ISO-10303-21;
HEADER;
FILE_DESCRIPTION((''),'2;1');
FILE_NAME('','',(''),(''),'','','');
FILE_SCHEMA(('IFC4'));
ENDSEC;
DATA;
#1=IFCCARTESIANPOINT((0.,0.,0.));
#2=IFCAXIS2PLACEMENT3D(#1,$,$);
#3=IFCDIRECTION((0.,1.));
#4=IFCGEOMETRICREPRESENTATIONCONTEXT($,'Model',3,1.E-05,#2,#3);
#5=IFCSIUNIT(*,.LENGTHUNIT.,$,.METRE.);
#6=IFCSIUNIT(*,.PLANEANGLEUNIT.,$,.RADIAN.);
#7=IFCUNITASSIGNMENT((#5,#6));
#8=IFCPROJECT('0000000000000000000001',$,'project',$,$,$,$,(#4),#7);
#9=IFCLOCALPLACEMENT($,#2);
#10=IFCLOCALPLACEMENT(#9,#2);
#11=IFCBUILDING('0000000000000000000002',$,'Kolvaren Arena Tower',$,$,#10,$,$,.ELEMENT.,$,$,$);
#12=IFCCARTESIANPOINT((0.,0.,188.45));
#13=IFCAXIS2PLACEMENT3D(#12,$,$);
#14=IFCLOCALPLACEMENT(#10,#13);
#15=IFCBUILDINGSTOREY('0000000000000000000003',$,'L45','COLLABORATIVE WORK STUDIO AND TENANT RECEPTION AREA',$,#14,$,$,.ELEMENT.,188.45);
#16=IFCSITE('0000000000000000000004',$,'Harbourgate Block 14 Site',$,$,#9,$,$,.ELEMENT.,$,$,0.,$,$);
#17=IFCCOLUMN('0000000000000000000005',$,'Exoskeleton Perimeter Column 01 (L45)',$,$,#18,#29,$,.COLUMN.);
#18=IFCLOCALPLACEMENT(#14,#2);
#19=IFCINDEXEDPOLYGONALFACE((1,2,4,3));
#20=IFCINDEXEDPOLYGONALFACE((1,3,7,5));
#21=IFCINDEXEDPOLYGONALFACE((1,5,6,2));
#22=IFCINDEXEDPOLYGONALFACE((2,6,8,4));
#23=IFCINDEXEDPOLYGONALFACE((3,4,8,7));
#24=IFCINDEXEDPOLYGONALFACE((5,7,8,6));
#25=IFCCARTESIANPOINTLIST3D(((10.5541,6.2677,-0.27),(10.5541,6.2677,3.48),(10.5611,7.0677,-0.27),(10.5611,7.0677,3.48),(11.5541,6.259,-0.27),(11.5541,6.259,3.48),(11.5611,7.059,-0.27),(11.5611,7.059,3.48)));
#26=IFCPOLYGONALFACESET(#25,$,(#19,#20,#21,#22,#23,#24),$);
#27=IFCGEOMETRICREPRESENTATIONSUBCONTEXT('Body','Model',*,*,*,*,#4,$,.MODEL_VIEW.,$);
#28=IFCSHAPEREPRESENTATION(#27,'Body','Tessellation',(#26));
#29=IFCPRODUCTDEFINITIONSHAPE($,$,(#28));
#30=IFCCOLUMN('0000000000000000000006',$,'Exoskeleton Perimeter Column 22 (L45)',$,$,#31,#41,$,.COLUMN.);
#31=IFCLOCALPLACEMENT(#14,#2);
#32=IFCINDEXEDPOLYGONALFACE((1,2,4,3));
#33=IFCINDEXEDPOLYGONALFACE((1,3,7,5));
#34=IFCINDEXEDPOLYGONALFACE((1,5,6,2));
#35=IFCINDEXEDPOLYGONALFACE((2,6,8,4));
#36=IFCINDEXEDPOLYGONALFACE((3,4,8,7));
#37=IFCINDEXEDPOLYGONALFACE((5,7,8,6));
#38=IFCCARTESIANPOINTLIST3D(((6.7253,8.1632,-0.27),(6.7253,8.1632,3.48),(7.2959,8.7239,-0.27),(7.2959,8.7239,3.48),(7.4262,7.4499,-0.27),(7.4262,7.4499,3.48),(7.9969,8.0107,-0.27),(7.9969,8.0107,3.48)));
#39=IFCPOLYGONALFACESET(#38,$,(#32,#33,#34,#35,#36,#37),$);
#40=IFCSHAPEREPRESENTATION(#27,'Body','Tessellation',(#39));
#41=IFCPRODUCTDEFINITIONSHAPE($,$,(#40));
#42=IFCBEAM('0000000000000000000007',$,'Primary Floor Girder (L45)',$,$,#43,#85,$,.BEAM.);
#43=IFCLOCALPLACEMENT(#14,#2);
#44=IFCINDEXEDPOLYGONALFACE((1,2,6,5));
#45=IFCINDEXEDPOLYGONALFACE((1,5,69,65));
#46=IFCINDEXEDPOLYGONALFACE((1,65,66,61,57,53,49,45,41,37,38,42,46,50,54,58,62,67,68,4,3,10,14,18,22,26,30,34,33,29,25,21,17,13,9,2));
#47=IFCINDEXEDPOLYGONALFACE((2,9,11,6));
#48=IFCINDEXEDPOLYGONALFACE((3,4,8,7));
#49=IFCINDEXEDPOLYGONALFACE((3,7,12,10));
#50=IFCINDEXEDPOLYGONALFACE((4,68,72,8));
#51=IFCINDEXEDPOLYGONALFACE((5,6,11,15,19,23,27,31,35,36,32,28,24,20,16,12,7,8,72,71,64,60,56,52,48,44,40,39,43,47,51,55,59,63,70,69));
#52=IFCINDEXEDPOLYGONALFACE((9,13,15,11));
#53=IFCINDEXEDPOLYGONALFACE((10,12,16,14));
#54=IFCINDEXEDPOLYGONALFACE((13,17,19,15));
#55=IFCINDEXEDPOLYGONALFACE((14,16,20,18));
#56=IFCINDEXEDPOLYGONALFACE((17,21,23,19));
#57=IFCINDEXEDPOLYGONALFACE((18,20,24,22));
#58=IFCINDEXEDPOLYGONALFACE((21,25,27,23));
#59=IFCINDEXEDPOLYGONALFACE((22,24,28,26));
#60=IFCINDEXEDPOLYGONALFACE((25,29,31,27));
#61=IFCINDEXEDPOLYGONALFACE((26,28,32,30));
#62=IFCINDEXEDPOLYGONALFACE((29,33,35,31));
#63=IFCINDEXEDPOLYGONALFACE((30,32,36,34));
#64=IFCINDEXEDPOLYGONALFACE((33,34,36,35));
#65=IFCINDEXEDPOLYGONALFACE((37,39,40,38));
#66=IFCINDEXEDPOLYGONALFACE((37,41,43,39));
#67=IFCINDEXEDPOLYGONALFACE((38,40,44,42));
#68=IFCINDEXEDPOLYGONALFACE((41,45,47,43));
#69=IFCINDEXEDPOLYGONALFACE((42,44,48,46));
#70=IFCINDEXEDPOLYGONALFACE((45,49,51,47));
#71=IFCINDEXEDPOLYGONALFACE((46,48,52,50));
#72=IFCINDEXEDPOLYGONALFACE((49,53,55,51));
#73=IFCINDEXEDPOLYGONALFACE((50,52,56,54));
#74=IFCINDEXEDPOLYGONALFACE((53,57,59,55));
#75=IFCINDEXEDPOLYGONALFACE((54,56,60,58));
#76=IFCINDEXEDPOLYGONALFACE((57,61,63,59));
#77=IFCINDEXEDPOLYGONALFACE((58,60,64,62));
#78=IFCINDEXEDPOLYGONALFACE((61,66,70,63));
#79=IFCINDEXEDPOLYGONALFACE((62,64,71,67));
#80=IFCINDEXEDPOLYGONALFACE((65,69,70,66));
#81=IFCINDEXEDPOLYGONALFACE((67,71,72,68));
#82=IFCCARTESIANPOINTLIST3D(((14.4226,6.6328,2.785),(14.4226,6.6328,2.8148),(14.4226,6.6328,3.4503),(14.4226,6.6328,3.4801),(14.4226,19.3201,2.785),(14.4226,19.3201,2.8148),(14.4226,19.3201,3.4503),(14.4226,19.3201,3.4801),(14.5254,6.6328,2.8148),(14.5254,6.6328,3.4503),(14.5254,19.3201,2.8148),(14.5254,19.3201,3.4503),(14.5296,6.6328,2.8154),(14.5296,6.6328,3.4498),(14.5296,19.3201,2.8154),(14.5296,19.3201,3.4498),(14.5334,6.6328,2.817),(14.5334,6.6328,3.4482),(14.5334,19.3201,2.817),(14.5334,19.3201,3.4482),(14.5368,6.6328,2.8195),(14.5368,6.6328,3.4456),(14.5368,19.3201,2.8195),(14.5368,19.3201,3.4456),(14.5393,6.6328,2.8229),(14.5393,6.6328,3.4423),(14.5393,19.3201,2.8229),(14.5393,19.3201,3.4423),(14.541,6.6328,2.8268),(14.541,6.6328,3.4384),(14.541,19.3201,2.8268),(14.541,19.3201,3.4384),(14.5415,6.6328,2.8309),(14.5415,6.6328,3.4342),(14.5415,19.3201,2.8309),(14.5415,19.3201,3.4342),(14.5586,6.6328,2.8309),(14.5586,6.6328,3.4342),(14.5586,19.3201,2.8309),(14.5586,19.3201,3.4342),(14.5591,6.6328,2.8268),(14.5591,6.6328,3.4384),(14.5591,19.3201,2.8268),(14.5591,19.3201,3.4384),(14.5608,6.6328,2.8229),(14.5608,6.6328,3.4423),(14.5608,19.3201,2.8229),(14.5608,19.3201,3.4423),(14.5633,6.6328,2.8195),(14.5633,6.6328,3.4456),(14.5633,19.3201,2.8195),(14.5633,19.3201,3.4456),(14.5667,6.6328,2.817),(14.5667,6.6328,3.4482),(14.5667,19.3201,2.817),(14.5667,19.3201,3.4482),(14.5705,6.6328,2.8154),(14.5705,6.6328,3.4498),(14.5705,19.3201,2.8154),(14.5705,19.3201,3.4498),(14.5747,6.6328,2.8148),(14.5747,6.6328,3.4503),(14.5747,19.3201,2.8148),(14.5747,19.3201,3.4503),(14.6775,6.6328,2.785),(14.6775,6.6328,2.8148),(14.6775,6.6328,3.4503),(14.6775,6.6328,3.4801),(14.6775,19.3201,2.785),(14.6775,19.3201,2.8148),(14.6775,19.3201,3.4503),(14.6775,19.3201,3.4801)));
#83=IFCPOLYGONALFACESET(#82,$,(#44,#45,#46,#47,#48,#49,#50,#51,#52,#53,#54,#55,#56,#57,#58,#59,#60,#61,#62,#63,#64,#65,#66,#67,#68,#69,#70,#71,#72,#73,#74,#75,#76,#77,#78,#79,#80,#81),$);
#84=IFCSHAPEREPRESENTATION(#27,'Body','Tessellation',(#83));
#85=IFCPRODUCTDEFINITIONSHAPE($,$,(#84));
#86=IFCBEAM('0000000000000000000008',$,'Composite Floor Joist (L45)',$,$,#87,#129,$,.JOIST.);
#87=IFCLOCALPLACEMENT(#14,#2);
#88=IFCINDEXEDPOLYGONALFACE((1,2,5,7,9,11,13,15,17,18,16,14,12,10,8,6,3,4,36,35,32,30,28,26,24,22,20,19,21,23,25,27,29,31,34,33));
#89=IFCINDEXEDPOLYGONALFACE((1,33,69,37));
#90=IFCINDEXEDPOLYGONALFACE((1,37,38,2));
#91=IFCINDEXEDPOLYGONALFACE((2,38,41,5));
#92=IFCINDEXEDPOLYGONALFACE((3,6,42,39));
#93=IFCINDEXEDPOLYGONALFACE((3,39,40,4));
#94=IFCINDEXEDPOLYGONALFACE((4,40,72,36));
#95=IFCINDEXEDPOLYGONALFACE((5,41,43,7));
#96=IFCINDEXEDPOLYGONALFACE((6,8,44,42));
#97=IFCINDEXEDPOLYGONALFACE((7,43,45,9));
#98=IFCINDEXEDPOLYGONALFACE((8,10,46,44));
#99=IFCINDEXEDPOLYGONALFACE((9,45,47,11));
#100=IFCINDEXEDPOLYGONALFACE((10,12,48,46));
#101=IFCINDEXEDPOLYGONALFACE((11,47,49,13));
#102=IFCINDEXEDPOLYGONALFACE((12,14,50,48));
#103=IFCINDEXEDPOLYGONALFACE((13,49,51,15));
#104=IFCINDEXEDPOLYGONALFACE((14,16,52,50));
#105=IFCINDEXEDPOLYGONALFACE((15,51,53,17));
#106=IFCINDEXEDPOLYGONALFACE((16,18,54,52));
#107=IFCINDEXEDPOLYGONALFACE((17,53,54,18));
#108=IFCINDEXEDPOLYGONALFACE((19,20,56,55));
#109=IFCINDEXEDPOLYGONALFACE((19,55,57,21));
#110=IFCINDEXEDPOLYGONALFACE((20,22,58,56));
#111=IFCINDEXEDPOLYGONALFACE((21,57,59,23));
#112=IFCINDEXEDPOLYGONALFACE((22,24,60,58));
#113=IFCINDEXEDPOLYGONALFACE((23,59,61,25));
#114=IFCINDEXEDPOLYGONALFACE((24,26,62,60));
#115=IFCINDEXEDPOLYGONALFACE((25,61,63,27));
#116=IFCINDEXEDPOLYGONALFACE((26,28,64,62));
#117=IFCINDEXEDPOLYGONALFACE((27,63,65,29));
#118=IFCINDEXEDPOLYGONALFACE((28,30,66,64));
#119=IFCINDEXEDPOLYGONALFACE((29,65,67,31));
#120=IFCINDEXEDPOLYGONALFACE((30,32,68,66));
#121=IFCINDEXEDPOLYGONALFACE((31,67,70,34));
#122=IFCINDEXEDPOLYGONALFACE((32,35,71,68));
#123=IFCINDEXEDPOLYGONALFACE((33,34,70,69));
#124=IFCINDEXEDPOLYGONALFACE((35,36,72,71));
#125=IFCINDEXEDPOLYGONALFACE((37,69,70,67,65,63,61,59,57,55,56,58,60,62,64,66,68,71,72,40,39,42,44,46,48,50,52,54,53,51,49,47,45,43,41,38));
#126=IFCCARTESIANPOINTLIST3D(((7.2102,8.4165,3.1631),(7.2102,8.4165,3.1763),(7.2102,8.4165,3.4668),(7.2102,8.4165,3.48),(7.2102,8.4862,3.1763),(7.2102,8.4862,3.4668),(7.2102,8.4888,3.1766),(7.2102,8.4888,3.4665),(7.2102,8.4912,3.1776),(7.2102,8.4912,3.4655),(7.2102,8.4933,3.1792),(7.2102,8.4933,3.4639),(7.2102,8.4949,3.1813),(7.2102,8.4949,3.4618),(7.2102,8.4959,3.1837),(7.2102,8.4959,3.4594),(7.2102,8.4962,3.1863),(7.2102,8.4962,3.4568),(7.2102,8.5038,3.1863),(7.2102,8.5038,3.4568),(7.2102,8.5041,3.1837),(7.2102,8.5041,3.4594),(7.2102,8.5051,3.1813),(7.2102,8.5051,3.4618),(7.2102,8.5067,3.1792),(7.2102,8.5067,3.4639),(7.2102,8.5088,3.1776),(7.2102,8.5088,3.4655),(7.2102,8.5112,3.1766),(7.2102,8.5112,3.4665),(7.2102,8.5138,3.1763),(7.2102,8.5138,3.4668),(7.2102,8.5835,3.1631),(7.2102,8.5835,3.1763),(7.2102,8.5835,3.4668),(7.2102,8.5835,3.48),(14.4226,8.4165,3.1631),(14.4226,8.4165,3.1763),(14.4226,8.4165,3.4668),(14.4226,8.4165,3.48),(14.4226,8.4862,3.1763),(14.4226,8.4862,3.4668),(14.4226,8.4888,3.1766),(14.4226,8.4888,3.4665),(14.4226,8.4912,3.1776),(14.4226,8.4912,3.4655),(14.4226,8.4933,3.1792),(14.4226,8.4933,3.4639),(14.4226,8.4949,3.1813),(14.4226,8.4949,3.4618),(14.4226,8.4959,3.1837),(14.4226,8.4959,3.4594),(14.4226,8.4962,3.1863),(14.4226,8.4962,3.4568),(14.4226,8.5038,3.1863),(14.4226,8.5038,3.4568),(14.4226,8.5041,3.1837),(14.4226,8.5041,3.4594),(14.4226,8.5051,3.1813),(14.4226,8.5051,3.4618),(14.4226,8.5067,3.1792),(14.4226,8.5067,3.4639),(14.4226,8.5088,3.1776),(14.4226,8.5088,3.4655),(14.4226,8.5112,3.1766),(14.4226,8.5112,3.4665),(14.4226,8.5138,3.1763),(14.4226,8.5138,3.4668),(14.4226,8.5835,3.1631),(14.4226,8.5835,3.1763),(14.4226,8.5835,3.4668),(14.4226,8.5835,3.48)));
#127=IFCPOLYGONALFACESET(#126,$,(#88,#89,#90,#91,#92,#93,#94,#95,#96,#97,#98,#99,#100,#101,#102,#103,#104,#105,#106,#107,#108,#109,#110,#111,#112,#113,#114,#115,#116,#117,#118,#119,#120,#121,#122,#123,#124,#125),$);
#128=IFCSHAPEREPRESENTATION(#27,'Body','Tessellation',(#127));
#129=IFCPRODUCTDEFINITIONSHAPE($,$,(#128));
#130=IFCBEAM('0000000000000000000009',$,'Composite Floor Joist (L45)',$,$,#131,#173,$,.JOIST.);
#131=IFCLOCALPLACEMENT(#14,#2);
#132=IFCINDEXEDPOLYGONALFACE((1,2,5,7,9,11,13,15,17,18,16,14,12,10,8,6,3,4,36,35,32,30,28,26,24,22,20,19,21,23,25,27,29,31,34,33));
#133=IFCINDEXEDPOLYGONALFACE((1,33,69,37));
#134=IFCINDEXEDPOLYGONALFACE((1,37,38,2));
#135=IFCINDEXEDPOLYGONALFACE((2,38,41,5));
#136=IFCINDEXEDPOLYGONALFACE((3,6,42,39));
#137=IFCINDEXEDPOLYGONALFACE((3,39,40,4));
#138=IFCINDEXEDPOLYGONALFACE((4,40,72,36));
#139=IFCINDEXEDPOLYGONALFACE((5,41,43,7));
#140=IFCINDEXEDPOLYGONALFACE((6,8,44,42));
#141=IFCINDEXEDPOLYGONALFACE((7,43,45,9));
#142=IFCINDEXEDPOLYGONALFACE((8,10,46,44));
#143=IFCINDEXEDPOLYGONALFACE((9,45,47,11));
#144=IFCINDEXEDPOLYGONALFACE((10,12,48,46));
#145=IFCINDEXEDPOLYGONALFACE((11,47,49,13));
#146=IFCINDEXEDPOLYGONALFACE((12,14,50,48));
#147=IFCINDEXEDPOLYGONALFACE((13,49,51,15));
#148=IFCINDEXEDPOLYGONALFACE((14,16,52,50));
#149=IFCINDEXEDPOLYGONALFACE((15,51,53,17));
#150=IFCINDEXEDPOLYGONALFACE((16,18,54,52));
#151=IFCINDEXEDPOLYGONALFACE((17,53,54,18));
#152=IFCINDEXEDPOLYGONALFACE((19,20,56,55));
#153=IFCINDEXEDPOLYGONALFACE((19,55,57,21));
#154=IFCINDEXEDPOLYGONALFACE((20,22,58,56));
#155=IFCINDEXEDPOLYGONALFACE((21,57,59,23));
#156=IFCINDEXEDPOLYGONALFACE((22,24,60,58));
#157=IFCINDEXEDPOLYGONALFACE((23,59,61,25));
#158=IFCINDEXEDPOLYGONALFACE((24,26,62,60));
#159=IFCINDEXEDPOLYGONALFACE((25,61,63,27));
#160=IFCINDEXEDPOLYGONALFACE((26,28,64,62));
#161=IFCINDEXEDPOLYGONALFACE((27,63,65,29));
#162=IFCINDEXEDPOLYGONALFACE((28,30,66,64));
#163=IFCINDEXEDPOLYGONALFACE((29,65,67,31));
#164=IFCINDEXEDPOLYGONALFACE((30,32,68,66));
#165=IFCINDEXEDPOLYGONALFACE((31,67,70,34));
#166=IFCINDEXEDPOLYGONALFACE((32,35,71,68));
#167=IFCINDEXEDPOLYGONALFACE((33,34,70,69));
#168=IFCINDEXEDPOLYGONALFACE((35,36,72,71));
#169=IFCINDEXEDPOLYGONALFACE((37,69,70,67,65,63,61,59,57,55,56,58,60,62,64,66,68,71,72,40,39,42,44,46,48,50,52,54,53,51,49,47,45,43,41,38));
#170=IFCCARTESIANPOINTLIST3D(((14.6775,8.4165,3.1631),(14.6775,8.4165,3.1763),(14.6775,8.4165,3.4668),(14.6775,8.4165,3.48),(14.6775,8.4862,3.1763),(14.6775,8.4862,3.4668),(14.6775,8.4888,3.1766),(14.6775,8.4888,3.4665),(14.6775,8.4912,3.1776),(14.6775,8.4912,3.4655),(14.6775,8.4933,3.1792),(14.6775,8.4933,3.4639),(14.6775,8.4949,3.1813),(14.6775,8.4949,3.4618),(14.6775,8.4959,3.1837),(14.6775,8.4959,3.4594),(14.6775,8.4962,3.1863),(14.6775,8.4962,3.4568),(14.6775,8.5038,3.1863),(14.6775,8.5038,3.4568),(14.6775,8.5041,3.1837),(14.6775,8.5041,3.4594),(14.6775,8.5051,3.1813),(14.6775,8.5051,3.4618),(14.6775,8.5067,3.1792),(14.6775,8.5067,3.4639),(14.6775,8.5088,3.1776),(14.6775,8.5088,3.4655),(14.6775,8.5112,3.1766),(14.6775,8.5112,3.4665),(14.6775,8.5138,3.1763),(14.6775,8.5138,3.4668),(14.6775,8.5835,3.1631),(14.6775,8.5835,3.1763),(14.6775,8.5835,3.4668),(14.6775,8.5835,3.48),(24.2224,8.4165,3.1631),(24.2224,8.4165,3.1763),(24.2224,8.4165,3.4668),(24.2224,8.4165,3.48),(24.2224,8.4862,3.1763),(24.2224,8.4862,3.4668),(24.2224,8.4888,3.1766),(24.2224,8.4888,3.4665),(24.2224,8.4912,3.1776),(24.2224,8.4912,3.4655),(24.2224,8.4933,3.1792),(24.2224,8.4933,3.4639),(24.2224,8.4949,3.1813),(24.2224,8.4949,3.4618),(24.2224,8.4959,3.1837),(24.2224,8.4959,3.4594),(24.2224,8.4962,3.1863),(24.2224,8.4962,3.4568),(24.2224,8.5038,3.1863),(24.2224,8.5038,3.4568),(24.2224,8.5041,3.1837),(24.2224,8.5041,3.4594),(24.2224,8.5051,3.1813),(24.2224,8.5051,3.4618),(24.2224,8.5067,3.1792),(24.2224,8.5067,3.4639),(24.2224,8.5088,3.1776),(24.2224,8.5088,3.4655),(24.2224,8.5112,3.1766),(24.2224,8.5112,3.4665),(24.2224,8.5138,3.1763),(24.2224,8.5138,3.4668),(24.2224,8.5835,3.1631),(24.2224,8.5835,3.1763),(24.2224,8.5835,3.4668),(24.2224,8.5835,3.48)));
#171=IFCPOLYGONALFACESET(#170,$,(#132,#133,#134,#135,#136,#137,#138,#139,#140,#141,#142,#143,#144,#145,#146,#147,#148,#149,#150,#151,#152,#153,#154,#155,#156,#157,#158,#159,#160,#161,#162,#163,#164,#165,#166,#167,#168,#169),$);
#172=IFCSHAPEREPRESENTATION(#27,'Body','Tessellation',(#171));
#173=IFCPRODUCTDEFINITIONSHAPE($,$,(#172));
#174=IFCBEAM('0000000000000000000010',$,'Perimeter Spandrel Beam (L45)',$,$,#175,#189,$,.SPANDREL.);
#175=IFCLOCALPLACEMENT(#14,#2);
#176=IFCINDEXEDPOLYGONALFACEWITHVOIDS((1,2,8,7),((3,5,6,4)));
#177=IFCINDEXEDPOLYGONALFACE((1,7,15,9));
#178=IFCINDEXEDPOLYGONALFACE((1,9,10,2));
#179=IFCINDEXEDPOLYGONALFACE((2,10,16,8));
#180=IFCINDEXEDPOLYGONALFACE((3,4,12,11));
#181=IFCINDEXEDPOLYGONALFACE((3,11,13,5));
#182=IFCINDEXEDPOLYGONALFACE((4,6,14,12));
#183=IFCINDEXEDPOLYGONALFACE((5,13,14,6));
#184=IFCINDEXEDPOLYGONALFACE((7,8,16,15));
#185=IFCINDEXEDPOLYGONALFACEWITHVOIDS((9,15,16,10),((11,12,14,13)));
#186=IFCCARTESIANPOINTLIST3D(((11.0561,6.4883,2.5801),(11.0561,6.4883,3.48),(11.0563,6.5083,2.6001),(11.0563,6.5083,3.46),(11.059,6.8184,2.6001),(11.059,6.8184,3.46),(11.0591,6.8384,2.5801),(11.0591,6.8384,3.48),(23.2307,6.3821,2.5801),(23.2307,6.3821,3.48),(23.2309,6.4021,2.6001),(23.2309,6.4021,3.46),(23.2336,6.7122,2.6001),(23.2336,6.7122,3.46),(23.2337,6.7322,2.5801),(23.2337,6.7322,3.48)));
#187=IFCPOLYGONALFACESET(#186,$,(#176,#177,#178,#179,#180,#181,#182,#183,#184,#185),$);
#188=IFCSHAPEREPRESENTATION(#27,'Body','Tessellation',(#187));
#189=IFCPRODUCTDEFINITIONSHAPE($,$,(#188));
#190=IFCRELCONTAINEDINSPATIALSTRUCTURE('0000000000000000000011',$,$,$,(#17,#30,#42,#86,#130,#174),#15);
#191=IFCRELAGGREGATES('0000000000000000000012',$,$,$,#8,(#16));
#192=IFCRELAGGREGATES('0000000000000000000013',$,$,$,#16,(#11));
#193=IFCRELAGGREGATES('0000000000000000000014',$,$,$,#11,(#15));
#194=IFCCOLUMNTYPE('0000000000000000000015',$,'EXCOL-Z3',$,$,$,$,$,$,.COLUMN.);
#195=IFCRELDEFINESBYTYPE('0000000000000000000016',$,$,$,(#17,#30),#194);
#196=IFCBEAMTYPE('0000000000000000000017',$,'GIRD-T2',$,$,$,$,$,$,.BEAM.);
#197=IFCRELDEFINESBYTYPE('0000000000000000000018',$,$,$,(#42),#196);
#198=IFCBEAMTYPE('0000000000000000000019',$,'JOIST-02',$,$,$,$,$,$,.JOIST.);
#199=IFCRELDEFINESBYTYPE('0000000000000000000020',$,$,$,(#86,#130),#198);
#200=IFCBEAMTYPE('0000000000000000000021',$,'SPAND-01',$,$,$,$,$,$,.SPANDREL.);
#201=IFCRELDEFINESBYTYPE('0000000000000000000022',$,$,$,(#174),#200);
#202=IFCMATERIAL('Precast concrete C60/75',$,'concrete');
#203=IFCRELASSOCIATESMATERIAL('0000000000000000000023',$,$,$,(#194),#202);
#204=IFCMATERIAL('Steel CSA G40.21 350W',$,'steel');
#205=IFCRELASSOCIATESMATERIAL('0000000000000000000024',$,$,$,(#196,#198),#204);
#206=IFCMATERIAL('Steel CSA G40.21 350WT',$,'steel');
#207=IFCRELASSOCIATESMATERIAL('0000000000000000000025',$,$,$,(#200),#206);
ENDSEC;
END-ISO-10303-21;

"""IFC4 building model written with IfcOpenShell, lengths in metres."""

from ifc_helpers import new_model, si_unit, direction, frame, origin, origin_2d, place, context, subcontext, project, spatial, rectangle, hollow_rectangle, i_section, extrude, material, material_profile, profile_set, type_object, element, save


model = new_model("IFC4")

# Units and contexts
model_context = context("Model", 3, precision=1e-05, world=origin(), true_north=direction((0.0, 1.0)))
body_context = subcontext(model_context, "Body", "Model", "MODEL_VIEW")
ifc_project = project(units=[si_unit("LENGTHUNIT", "METRE"), si_unit("PLANEANGLEUNIT", "RADIAN")], contexts=[model_context])

# Site, building, storey
site_placement = place(None, origin())
site = spatial("IfcSite", under=ifc_project, at=site_placement, Name="Harbourgate Block 14 Site", CompositionType="ELEMENT", RefElevation=0.0)
building_placement = place(site_placement, origin())
building = spatial("IfcBuilding", under=site, at=building_placement, Name="Kolvaren Arena Tower", CompositionType="ELEMENT")
storey_placement = place(building_placement, frame((0.0, 0.0, 188.45)))
storey = spatial("IfcBuildingStorey", under=building, at=storey_placement, Name="L45", Description="COLLABORATIVE WORK STUDIO AND TENANT RECEPTION AREA", CompositionType="ELEMENT", Elevation=188.45)

# Columns
ifc_material_1 = material(Name="Precast concrete C60/75", Category="concrete")
ifc_material_profile_1 = material_profile(ifc_material_1, rectangle(XDim=1.0, YDim=0.8, at=origin_2d()), Name="RC-1000x800")
ifc_profile_set_1 = profile_set([ifc_material_profile_1], Name="Precast concrete C60/75")
column_type = type_object("IfcColumnType", Name="EXCOL-Z3", PredefinedType="COLUMN", material=ifc_profile_set_1)
for number, where, z_axis, x_axis, name in (
    (1, (11.0576, 6.6633, -0.27), (0.0, 0.0, 1.0), (0.999962, -0.008727, 0.0), "Exoskeleton Perimeter Column 01 (L45)"),
    (2, (7.3611, 8.0869, -0.27), (0.0, 0.0, 1.0), (-0.700909, 0.71325, 0.0), "Exoskeleton Perimeter Column 22 (L45)"),
):
    element("IfcColumn", number, at=place(storey_placement, frame(where, z_axis=z_axis, x_axis=x_axis)), inside=storey, type_object=column_type, Name=name, PredefinedType="COLUMN", context=body_context, shape_type="SweptSolid", body=[
        extrude(rectangle(XDim=1.0, YDim=0.8, at=origin_2d()), origin(), (0.0, 0.0, 1.0), 3.75),
    ])

# Beams
ifc_material_2 = material(Name="Steel CSA G40.21 350W", Category="steel")
ifc_material_profile_2 = material_profile(ifc_material_2, i_section(OverallWidth=0.2549, OverallDepth=0.6951, WebThickness=0.0171, FlangeThickness=0.0298, FilletRadius=0.0161, at=origin_2d()), Name="W690x217")
ifc_profile_set_2 = profile_set([ifc_material_profile_2], Name="Steel CSA G40.21 350W")
beam_type_1 = type_object("IfcBeamType", Name="GIRD-T2", PredefinedType="BEAM", material=ifc_profile_set_2)
beam_1_placement = place(storey_placement, frame((14.55, 6.6328, 3.1326), z_axis=(0.0, 1.0, 0.0), x_axis=(-1.0, 0.0, 0.0)))
element("IfcBeam", 3, at=beam_1_placement, inside=storey, type_object=beam_type_1, Name="Primary Floor Girder (L45)", PredefinedType="BEAM", context=body_context, shape_type="SweptSolid", body=[
    extrude(i_section(OverallWidth=0.2549, OverallDepth=0.6951, WebThickness=0.0171, FlangeThickness=0.0298, FilletRadius=0.0161, at=origin_2d()), origin(), (0.0, 0.0, 1.0), 12.6873),
])
ifc_material_profile_3 = material_profile(ifc_material_2, i_section(OverallWidth=0.167, OverallDepth=0.3169, WebThickness=0.0076, FlangeThickness=0.0132, FilletRadius=0.01, at=origin_2d()), Name="W310x52")
ifc_profile_set_3 = profile_set([ifc_material_profile_3], Name="Steel CSA G40.21 350W")
beam_type_2 = type_object("IfcBeamType", Name="JOIST-02", PredefinedType="JOIST", material=ifc_profile_set_3)
beam_2_placement = place(storey_placement, frame((7.2102, 8.5, 3.3215), z_axis=(1.0, 0.0, 0.0), x_axis=(0.0, 1.0, 0.0)))
element("IfcBeam", 4, at=beam_2_placement, inside=storey, type_object=beam_type_2, Name="Composite Floor Joist (L45)", PredefinedType="JOIST", context=body_context, shape_type="SweptSolid", body=[
    extrude(i_section(OverallWidth=0.167, OverallDepth=0.3169, WebThickness=0.0076, FlangeThickness=0.0132, FilletRadius=0.01, at=origin_2d()), origin(), (0.0, 0.0, 1.0), 7.2124),
])
beam_3_placement = place(storey_placement, frame((14.6775, 8.5, 3.3215), z_axis=(1.0, 0.0, 0.0), x_axis=(0.0, 1.0, 0.0)))
element("IfcBeam", 5, at=beam_3_placement, inside=storey, type_object=beam_type_2, Name="Composite Floor Joist (L45)", PredefinedType="JOIST", context=body_context, shape_type="SweptSolid", body=[
    extrude(i_section(OverallWidth=0.167, OverallDepth=0.3169, WebThickness=0.0076, FlangeThickness=0.0132, FilletRadius=0.01, at=origin_2d()), origin(), (0.0, 0.0, 1.0), 9.5449),
])
ifc_material_3 = material(Name="Steel CSA G40.21 350WT", Category="steel")
ifc_material_profile_4 = material_profile(ifc_material_3, hollow_rectangle(XDim=0.3501, YDim=0.8999, WallThickness=0.02, at=origin_2d()), Name="HSS 900x350x20")
ifc_profile_set_4 = profile_set([ifc_material_profile_4], Name="Steel CSA G40.21 350WT")
beam_type_3 = type_object("IfcBeamType", Name="SPAND-01", PredefinedType="SPANDREL", material=ifc_profile_set_4)
beam_4_placement = place(storey_placement, frame((11.0576, 6.6633, 3.03), z_axis=(0.999962, -0.008723, 0.0), x_axis=(0.008723, 0.999962, 0.0)))
element("IfcBeam", 6, at=beam_4_placement, inside=storey, type_object=beam_type_3, Name="Perimeter Spandrel Beam (L45)", PredefinedType="SPANDREL", context=body_context, shape_type="SweptSolid", body=[
    extrude(hollow_rectangle(XDim=0.3501, YDim=0.8999, WallThickness=0.02, at=origin_2d()), origin(), (0.0, 0.0, 1.0), 12.175),
])

save(model, "model.ifc")
